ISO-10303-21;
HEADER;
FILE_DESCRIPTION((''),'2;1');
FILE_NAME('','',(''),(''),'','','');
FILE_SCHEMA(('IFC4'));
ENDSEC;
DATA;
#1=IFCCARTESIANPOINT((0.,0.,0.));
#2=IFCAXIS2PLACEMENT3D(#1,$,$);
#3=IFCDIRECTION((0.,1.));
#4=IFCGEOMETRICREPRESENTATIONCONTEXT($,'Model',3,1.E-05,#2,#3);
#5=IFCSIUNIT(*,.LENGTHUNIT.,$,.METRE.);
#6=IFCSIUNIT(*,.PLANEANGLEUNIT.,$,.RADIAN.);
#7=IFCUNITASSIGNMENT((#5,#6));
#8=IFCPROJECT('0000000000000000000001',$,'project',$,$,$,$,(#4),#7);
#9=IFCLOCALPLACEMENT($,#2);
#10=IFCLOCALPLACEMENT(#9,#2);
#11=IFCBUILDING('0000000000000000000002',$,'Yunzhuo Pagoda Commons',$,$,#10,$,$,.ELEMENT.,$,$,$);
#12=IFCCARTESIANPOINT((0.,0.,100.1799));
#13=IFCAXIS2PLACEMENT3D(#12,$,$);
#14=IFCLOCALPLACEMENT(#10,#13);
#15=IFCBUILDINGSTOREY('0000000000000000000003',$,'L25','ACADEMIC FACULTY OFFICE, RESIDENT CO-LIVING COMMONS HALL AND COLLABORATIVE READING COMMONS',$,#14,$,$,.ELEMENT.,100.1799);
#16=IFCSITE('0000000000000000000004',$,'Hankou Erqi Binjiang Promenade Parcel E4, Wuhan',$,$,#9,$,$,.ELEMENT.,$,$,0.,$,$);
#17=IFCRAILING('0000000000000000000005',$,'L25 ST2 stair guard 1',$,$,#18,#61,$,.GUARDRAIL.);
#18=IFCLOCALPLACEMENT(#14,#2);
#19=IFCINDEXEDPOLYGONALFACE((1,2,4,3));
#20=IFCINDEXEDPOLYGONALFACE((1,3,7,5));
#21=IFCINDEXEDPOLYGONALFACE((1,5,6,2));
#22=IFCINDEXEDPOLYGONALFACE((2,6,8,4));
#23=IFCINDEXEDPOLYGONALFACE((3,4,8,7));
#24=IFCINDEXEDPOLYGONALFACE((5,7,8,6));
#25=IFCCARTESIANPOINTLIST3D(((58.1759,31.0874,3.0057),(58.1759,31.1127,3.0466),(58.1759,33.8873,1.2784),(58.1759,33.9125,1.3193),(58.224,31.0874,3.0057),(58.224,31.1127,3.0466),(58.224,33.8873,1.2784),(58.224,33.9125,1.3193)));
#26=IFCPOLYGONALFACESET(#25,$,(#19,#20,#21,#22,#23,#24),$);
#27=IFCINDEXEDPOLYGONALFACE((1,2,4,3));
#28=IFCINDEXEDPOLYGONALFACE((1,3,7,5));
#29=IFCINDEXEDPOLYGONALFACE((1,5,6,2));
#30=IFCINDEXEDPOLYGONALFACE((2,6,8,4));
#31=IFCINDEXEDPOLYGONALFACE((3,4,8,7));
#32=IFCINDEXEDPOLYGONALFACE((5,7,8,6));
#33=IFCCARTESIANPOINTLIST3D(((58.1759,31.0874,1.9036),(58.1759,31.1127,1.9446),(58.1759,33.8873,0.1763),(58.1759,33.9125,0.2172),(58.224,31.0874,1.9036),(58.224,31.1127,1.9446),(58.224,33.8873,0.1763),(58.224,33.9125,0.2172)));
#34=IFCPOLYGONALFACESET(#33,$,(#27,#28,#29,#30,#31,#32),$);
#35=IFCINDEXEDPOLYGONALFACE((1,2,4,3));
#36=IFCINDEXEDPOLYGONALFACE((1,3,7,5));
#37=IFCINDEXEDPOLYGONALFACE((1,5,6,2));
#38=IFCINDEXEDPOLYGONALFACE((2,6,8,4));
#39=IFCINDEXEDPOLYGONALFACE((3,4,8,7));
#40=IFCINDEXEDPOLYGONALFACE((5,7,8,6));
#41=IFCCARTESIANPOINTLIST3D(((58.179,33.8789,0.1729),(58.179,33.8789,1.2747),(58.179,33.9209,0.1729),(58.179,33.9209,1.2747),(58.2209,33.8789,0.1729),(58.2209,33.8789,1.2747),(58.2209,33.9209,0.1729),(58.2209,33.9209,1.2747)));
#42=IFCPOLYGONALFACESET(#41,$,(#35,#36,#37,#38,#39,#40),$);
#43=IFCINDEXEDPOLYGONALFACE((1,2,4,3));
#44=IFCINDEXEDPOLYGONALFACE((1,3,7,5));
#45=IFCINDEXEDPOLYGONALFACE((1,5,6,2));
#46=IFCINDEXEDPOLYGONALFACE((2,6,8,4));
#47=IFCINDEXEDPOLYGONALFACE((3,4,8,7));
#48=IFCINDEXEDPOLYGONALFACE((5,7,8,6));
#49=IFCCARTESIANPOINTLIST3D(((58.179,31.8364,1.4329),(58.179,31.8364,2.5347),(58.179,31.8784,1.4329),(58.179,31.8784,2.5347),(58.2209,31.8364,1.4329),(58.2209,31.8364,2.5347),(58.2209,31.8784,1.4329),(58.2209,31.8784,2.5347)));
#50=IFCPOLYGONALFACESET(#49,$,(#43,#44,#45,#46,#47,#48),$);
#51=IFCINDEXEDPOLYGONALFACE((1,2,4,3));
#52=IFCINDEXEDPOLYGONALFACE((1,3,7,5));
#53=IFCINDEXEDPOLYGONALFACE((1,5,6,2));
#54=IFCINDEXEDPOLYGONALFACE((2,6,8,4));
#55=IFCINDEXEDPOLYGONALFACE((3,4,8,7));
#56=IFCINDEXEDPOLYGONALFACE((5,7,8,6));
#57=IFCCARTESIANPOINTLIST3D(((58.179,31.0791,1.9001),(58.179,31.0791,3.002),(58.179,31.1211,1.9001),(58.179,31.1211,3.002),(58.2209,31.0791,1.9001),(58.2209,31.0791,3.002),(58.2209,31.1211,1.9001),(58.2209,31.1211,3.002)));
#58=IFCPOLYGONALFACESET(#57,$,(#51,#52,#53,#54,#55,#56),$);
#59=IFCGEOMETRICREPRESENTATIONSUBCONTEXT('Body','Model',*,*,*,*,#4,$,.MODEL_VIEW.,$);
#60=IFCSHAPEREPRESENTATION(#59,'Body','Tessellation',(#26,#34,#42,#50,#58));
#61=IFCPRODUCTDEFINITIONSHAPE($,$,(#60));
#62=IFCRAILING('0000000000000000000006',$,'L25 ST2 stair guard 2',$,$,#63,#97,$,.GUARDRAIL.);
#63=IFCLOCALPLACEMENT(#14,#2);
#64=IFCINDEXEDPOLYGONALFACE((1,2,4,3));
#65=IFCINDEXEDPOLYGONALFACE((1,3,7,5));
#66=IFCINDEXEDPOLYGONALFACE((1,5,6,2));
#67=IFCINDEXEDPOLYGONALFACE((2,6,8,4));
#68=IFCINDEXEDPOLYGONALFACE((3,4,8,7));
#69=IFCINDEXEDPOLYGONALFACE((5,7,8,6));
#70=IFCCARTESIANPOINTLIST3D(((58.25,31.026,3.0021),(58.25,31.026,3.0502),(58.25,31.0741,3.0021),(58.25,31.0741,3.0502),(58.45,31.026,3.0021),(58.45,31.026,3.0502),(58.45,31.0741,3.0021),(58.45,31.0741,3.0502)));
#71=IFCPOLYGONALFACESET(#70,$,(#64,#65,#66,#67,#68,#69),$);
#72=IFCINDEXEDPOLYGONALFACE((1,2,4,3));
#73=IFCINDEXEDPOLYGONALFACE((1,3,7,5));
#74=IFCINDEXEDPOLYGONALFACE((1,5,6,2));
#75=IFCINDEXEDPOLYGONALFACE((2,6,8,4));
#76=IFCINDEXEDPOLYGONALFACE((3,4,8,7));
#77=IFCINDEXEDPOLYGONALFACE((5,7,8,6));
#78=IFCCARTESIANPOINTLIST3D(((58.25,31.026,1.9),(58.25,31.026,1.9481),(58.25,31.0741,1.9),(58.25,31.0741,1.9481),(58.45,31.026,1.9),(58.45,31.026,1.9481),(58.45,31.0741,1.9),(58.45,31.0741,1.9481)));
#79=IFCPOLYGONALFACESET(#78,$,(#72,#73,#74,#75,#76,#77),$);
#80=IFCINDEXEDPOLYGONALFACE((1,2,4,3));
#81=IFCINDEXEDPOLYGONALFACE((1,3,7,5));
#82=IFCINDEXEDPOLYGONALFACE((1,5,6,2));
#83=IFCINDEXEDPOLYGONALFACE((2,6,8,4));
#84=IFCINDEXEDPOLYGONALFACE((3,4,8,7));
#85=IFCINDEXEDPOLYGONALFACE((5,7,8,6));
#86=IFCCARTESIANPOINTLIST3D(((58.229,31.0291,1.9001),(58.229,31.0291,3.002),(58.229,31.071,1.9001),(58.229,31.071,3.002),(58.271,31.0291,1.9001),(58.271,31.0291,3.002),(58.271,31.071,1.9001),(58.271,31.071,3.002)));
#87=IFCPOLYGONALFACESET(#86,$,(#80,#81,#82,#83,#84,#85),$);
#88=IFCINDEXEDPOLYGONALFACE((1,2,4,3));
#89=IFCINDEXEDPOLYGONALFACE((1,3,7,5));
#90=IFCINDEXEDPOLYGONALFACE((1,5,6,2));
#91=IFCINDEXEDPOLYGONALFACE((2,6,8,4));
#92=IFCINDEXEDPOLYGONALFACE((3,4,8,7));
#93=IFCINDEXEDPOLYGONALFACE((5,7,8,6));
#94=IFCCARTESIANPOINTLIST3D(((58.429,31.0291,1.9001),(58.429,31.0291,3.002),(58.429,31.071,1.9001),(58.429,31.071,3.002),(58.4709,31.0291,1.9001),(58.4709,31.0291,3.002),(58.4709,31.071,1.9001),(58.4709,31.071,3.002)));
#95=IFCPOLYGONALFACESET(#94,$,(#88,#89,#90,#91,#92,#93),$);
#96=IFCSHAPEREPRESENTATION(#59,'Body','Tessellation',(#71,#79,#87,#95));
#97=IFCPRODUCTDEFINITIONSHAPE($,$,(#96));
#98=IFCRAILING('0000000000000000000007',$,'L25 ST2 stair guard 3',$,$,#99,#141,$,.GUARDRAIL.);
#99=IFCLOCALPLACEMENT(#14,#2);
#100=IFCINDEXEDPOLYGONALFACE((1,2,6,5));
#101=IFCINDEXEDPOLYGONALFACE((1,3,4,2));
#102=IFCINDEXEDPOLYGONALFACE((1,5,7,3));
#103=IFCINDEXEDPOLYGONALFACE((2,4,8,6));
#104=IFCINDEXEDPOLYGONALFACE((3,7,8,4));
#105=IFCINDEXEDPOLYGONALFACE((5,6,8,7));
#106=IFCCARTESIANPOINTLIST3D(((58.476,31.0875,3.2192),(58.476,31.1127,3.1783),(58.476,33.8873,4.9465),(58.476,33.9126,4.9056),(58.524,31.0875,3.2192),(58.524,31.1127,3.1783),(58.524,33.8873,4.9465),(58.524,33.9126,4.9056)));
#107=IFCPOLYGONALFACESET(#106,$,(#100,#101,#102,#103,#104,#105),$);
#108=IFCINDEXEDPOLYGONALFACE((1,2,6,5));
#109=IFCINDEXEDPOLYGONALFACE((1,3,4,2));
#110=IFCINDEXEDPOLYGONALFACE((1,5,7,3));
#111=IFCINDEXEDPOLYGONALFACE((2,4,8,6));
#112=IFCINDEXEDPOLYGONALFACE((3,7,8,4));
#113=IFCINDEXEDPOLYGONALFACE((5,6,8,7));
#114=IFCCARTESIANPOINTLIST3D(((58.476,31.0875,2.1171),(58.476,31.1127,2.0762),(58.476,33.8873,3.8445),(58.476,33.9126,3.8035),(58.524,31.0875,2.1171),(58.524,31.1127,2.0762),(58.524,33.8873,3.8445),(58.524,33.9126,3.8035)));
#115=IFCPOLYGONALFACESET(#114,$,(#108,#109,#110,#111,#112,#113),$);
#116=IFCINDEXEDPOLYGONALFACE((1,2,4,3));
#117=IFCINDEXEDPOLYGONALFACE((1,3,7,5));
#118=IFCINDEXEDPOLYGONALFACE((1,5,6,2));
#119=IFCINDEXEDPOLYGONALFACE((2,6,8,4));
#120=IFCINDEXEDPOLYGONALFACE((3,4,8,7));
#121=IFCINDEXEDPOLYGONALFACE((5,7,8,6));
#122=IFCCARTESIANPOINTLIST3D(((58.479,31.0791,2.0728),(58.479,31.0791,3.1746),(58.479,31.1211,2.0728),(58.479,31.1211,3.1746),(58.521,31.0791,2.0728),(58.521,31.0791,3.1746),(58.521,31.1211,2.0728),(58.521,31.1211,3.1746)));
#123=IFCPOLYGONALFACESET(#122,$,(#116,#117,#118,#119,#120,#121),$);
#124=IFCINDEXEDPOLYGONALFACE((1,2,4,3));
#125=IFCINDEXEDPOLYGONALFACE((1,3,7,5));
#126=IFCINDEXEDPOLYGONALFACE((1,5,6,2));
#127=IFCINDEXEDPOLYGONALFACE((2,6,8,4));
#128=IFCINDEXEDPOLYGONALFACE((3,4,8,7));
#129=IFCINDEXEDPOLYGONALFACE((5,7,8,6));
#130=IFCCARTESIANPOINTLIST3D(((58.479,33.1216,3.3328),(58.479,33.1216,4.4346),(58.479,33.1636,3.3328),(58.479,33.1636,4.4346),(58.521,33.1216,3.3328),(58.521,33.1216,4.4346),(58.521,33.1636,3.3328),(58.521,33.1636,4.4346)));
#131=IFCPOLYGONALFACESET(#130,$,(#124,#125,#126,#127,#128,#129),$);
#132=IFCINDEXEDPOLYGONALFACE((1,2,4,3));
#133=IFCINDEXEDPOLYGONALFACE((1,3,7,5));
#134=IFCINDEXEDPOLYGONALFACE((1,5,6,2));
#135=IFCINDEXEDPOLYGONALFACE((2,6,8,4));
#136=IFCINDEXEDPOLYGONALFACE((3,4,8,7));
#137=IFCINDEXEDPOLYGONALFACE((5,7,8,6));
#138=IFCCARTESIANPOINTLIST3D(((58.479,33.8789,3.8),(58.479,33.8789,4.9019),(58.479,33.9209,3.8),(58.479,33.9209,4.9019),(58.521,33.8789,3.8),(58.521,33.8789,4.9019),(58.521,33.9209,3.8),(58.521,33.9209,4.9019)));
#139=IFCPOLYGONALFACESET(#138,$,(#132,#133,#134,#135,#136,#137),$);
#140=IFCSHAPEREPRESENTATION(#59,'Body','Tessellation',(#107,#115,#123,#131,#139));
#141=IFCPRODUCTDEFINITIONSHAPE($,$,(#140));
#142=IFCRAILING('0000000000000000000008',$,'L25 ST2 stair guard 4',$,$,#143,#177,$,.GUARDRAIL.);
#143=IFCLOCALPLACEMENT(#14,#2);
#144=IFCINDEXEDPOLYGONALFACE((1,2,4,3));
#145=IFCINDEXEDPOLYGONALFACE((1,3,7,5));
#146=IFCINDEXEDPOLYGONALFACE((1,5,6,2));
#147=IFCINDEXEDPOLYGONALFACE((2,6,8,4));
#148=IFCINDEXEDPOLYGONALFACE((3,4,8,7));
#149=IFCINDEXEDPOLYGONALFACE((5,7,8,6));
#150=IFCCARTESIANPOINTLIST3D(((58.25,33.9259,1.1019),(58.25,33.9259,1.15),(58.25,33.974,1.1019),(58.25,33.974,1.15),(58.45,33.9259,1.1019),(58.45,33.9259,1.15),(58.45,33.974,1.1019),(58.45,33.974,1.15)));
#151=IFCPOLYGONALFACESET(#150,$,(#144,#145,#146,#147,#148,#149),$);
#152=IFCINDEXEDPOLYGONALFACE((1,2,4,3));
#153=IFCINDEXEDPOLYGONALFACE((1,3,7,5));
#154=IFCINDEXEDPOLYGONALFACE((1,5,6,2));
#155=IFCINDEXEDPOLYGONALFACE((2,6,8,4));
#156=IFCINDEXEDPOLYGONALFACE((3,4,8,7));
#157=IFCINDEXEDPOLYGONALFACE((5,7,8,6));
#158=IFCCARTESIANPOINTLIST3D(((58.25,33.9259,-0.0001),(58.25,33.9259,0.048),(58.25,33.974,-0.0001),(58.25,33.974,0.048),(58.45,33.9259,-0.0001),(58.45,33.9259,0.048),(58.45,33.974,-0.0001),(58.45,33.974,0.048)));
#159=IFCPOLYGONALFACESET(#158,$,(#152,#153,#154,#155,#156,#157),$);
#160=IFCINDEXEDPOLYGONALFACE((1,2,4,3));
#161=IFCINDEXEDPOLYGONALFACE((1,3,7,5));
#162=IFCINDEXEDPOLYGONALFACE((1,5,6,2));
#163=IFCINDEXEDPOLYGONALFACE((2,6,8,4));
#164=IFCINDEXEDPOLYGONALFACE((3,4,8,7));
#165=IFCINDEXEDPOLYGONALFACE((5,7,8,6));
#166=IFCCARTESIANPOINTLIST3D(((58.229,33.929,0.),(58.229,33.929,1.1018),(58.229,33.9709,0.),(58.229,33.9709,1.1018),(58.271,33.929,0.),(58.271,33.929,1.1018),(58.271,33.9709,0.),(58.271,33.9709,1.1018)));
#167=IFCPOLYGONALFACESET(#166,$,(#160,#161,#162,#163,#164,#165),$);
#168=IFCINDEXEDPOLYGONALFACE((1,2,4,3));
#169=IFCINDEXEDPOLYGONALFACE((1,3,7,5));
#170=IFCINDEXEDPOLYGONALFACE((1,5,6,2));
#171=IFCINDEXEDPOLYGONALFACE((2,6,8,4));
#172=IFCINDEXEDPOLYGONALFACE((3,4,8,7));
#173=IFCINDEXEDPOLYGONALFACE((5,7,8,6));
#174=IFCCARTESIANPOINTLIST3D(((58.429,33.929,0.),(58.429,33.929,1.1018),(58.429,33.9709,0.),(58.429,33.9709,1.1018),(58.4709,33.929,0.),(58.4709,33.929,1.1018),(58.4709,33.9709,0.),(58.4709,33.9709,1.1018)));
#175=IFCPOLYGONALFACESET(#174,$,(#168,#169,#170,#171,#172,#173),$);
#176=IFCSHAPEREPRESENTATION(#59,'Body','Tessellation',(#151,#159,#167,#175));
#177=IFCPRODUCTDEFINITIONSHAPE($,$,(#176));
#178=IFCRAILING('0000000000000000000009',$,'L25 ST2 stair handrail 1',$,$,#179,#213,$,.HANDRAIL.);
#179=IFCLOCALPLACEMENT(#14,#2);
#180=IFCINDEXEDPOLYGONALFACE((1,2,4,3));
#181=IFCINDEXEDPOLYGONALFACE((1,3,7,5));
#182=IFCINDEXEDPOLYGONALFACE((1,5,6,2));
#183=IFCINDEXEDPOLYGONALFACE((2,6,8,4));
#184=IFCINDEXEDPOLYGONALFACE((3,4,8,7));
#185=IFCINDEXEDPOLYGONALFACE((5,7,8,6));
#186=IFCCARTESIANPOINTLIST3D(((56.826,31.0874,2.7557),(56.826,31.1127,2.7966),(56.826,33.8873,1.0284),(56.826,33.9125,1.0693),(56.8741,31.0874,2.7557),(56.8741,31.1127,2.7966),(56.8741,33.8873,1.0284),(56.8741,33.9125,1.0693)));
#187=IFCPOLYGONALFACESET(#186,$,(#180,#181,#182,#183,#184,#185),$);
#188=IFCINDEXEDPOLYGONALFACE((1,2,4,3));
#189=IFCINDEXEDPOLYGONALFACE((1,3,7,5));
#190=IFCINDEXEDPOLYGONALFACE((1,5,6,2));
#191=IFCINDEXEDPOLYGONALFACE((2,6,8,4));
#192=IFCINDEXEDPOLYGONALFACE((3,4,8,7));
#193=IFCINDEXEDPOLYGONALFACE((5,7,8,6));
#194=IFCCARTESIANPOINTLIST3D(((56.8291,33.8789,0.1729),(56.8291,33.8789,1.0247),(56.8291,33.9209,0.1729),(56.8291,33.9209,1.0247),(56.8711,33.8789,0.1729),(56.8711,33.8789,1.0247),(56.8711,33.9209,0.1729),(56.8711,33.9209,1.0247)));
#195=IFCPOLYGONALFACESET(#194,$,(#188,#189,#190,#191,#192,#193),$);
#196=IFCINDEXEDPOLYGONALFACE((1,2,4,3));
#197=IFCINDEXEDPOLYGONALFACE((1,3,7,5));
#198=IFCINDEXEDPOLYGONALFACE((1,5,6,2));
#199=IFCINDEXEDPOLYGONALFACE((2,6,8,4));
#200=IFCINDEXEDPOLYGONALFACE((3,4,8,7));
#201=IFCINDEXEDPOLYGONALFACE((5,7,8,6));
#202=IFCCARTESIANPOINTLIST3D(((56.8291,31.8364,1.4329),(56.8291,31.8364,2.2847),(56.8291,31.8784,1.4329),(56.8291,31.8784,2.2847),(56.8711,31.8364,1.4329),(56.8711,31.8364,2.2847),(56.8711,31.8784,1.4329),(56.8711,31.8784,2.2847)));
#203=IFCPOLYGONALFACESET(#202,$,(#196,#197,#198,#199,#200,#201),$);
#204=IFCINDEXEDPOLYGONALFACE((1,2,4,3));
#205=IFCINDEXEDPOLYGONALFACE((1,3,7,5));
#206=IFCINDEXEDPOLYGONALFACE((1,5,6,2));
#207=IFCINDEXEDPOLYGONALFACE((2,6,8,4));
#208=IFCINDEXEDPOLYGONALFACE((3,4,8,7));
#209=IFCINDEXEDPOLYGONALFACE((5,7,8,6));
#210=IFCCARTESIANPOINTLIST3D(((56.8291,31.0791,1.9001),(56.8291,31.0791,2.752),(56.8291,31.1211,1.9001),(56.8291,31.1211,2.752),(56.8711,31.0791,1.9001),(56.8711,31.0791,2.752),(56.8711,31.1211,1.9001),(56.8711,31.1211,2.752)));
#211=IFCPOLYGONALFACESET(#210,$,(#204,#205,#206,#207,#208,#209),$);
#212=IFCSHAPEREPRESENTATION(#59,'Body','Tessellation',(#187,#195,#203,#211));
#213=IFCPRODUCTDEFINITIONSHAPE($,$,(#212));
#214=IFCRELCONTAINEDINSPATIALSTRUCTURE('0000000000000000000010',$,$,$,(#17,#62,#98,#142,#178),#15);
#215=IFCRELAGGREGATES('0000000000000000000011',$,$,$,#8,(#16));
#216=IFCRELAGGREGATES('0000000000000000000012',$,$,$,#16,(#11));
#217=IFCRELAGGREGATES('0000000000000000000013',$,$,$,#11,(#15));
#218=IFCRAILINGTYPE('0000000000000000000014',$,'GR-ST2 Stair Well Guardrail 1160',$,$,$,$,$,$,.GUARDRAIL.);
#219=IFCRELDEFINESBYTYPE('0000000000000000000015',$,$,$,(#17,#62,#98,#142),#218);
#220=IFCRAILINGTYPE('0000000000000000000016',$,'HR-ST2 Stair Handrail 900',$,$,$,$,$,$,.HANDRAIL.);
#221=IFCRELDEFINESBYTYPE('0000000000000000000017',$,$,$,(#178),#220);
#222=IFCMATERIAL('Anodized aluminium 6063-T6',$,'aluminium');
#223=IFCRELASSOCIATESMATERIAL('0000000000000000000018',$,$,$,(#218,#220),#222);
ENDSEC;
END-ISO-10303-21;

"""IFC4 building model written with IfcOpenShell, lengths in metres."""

from ifc_helpers import new_model, si_unit, direction, frame, origin, origin_2d, place, context, subcontext, project, spatial, rectangle, extrude, material, type_object, element, save


model = new_model("IFC4")

# Units and contexts
model_context = context("Model", 3, precision=1e-05, world=origin(), true_north=direction((0.0, 1.0)))
body_context = subcontext(model_context, "Body", "Model", "MODEL_VIEW")
ifc_project = project(units=[si_unit("LENGTHUNIT", "METRE"), si_unit("PLANEANGLEUNIT", "RADIAN")], contexts=[model_context])

# Site, building, storey
site_placement = place(None, origin())
site = spatial("IfcSite", under=ifc_project, at=site_placement, Name="Hankou Erqi Binjiang Promenade Parcel E4, Wuhan", CompositionType="ELEMENT", RefElevation=0.0)
building_placement = place(site_placement, origin())
building = spatial("IfcBuilding", under=site, at=building_placement, Name="Yunzhuo Pagoda Commons", CompositionType="ELEMENT")
storey_placement = place(building_placement, frame((0.0, 0.0, 100.1799)))
storey = spatial("IfcBuildingStorey", under=building, at=storey_placement, Name="L25", Description="ACADEMIC FACULTY OFFICE, RESIDENT CO-LIVING COMMONS HALL AND COLLABORATIVE READING COMMONS", CompositionType="ELEMENT", Elevation=100.1799)

# Railings
ifc_material_1 = material(Name="Anodized aluminium 6063-T6", Category="aluminium")
railing_type_1 = type_object("IfcRailingType", Name="GR-ST2 Stair Well Guardrail 1160", PredefinedType="GUARDRAIL", material=ifc_material_1)
railing_1_placement = place(storey_placement, frame((58.2, 33.8999, 0.1729)))
element("IfcRailing", 1, at=railing_1_placement, inside=storey, type_object=railing_type_1, Name="L25 ST2 stair guard 1", PredefinedType="GUARDRAIL", context=body_context, shape_type="SweptSolid", body=[
    extrude(rectangle(XDim=0.0481, YDim=0.0481, at=origin_2d()), frame((0.0, 0.0, 1.126), z_axis=(0.0, -0.851069, 0.525054), x_axis=(1.0, 0.0, 0.0)), (0.0, 0.0, 1.0), 3.2898),
    extrude(rectangle(XDim=0.0481, YDim=0.0481, at=origin_2d()), frame((0.0, 0.0, 0.0239), z_axis=(0.0, -0.851069, 0.525054), x_axis=(1.0, 0.0, 0.0)), (0.0, 0.0, 1.0), 3.2898),
    extrude(rectangle(XDim=0.042, YDim=0.042, at=origin_2d()), origin(), (0.0, 0.0, 1.0), 1.1018),
    extrude(rectangle(XDim=0.042, YDim=0.042, at=origin_2d()), frame((0.0, -2.0425, 1.26)), (0.0, 0.0, 1.0), 1.1018),
    extrude(rectangle(XDim=0.042, YDim=0.042, at=origin_2d()), frame((0.0, -2.7998, 1.7273)), (0.0, 0.0, 1.0), 1.1018),
])
railing_2_placement = place(storey_placement, frame((58.25, 31.05, 1.9001)))
element("IfcRailing", 2, at=railing_2_placement, inside=storey, type_object=railing_type_1, Name="L25 ST2 stair guard 2", PredefinedType="GUARDRAIL", context=body_context, shape_type="SweptSolid", body=[
    extrude(rectangle(XDim=0.0481, YDim=0.0481, at=origin_2d()), frame((0.0, 0.0, 1.126), z_axis=(1.0, 0.0, 0.0), x_axis=(0.0, 1.0, 0.0)), (0.0, 0.0, 1.0), 0.2),
    extrude(rectangle(XDim=0.0481, YDim=0.0481, at=origin_2d()), frame((0.0, 0.0, 0.0239), z_axis=(1.0, 0.0, 0.0), x_axis=(0.0, 1.0, 0.0)), (0.0, 0.0, 1.0), 0.2),
    extrude(rectangle(XDim=0.042, YDim=0.042, at=origin_2d()), origin(), (0.0, 0.0, 1.0), 1.1018),
    extrude(rectangle(XDim=0.042, YDim=0.042, at=origin_2d()), frame((0.2, 0.0, 0.0)), (0.0, 0.0, 1.0), 1.1018),
])
railing_3_placement = place(storey_placement, frame((58.5, 31.1001, 2.0728)))
element("IfcRailing", 3, at=railing_3_placement, inside=storey, type_object=railing_type_1, Name="L25 ST2 stair guard 3", PredefinedType="GUARDRAIL", context=body_context, shape_type="SweptSolid", body=[
    extrude(rectangle(XDim=0.0481, YDim=0.0481, at=origin_2d()), frame((0.0, 0.0, 1.126), z_axis=(0.0, 0.851069, 0.525054), x_axis=(-1.0, 0.0, 0.0)), (0.0, 0.0, 1.0), 3.2898),
    extrude(rectangle(XDim=0.0481, YDim=0.0481, at=origin_2d()), frame((0.0, 0.0, 0.0239), z_axis=(0.0, 0.851069, 0.525054), x_axis=(-1.0, 0.0, 0.0)), (0.0, 0.0, 1.0), 3.2898),
    extrude(rectangle(XDim=0.042, YDim=0.042, at=origin_2d()), origin(), (0.0, 0.0, 1.0), 1.1018),
    extrude(rectangle(XDim=0.042, YDim=0.042, at=origin_2d()), frame((0.0, 2.0425, 1.26)), (0.0, 0.0, 1.0), 1.1018),
    extrude(rectangle(XDim=0.042, YDim=0.042, at=origin_2d()), frame((0.0, 2.7998, 1.7273)), (0.0, 0.0, 1.0), 1.1018),
])
railing_4_placement = place(storey_placement, frame((58.25, 33.95, 0.0)))
element("IfcRailing", 4, at=railing_4_placement, inside=storey, type_object=railing_type_1, Name="L25 ST2 stair guard 4", PredefinedType="GUARDRAIL", context=body_context, shape_type="SweptSolid", body=[
    extrude(rectangle(XDim=0.0481, YDim=0.0481, at=origin_2d()), frame((0.0, 0.0, 1.126), z_axis=(1.0, 0.0, 0.0), x_axis=(0.0, 1.0, 0.0)), (0.0, 0.0, 1.0), 0.2),
    extrude(rectangle(XDim=0.0481, YDim=0.0481, at=origin_2d()), frame((0.0, 0.0, 0.0239), z_axis=(1.0, 0.0, 0.0), x_axis=(0.0, 1.0, 0.0)), (0.0, 0.0, 1.0), 0.2),
    extrude(rectangle(XDim=0.042, YDim=0.042, at=origin_2d()), origin(), (0.0, 0.0, 1.0), 1.1018),
    extrude(rectangle(XDim=0.042, YDim=0.042, at=origin_2d()), frame((0.2, 0.0, 0.0)), (0.0, 0.0, 1.0), 1.1018),
])
railing_type_2 = type_object("IfcRailingType", Name="HR-ST2 Stair Handrail 900", PredefinedType="HANDRAIL", material=ifc_material_1)
railing_5_placement = place(storey_placement, frame((56.8501, 33.8999, 0.1729)))
element("IfcRailing", 5, at=railing_5_placement, inside=storey, type_object=railing_type_2, Name="L25 ST2 stair handrail 1", PredefinedType="HANDRAIL", context=body_context, shape_type="SweptSolid", body=[
    extrude(rectangle(XDim=0.0481, YDim=0.0481, at=origin_2d()), frame((0.0, 0.0, 0.876), z_axis=(0.0, -0.851069, 0.525054), x_axis=(1.0, 0.0, 0.0)), (0.0, 0.0, 1.0), 3.2898),
    extrude(rectangle(XDim=0.042, YDim=0.042, at=origin_2d()), origin(), (0.0, 0.0, 1.0), 0.8518),
    extrude(rectangle(XDim=0.042, YDim=0.042, at=origin_2d()), frame((0.0, -2.0425, 1.26)), (0.0, 0.0, 1.0), 0.8518),
    extrude(rectangle(XDim=0.042, YDim=0.042, at=origin_2d()), frame((0.0, -2.7998, 1.7273)), (0.0, 0.0, 1.0), 0.8518),
])

save(model, "model.ifc")
